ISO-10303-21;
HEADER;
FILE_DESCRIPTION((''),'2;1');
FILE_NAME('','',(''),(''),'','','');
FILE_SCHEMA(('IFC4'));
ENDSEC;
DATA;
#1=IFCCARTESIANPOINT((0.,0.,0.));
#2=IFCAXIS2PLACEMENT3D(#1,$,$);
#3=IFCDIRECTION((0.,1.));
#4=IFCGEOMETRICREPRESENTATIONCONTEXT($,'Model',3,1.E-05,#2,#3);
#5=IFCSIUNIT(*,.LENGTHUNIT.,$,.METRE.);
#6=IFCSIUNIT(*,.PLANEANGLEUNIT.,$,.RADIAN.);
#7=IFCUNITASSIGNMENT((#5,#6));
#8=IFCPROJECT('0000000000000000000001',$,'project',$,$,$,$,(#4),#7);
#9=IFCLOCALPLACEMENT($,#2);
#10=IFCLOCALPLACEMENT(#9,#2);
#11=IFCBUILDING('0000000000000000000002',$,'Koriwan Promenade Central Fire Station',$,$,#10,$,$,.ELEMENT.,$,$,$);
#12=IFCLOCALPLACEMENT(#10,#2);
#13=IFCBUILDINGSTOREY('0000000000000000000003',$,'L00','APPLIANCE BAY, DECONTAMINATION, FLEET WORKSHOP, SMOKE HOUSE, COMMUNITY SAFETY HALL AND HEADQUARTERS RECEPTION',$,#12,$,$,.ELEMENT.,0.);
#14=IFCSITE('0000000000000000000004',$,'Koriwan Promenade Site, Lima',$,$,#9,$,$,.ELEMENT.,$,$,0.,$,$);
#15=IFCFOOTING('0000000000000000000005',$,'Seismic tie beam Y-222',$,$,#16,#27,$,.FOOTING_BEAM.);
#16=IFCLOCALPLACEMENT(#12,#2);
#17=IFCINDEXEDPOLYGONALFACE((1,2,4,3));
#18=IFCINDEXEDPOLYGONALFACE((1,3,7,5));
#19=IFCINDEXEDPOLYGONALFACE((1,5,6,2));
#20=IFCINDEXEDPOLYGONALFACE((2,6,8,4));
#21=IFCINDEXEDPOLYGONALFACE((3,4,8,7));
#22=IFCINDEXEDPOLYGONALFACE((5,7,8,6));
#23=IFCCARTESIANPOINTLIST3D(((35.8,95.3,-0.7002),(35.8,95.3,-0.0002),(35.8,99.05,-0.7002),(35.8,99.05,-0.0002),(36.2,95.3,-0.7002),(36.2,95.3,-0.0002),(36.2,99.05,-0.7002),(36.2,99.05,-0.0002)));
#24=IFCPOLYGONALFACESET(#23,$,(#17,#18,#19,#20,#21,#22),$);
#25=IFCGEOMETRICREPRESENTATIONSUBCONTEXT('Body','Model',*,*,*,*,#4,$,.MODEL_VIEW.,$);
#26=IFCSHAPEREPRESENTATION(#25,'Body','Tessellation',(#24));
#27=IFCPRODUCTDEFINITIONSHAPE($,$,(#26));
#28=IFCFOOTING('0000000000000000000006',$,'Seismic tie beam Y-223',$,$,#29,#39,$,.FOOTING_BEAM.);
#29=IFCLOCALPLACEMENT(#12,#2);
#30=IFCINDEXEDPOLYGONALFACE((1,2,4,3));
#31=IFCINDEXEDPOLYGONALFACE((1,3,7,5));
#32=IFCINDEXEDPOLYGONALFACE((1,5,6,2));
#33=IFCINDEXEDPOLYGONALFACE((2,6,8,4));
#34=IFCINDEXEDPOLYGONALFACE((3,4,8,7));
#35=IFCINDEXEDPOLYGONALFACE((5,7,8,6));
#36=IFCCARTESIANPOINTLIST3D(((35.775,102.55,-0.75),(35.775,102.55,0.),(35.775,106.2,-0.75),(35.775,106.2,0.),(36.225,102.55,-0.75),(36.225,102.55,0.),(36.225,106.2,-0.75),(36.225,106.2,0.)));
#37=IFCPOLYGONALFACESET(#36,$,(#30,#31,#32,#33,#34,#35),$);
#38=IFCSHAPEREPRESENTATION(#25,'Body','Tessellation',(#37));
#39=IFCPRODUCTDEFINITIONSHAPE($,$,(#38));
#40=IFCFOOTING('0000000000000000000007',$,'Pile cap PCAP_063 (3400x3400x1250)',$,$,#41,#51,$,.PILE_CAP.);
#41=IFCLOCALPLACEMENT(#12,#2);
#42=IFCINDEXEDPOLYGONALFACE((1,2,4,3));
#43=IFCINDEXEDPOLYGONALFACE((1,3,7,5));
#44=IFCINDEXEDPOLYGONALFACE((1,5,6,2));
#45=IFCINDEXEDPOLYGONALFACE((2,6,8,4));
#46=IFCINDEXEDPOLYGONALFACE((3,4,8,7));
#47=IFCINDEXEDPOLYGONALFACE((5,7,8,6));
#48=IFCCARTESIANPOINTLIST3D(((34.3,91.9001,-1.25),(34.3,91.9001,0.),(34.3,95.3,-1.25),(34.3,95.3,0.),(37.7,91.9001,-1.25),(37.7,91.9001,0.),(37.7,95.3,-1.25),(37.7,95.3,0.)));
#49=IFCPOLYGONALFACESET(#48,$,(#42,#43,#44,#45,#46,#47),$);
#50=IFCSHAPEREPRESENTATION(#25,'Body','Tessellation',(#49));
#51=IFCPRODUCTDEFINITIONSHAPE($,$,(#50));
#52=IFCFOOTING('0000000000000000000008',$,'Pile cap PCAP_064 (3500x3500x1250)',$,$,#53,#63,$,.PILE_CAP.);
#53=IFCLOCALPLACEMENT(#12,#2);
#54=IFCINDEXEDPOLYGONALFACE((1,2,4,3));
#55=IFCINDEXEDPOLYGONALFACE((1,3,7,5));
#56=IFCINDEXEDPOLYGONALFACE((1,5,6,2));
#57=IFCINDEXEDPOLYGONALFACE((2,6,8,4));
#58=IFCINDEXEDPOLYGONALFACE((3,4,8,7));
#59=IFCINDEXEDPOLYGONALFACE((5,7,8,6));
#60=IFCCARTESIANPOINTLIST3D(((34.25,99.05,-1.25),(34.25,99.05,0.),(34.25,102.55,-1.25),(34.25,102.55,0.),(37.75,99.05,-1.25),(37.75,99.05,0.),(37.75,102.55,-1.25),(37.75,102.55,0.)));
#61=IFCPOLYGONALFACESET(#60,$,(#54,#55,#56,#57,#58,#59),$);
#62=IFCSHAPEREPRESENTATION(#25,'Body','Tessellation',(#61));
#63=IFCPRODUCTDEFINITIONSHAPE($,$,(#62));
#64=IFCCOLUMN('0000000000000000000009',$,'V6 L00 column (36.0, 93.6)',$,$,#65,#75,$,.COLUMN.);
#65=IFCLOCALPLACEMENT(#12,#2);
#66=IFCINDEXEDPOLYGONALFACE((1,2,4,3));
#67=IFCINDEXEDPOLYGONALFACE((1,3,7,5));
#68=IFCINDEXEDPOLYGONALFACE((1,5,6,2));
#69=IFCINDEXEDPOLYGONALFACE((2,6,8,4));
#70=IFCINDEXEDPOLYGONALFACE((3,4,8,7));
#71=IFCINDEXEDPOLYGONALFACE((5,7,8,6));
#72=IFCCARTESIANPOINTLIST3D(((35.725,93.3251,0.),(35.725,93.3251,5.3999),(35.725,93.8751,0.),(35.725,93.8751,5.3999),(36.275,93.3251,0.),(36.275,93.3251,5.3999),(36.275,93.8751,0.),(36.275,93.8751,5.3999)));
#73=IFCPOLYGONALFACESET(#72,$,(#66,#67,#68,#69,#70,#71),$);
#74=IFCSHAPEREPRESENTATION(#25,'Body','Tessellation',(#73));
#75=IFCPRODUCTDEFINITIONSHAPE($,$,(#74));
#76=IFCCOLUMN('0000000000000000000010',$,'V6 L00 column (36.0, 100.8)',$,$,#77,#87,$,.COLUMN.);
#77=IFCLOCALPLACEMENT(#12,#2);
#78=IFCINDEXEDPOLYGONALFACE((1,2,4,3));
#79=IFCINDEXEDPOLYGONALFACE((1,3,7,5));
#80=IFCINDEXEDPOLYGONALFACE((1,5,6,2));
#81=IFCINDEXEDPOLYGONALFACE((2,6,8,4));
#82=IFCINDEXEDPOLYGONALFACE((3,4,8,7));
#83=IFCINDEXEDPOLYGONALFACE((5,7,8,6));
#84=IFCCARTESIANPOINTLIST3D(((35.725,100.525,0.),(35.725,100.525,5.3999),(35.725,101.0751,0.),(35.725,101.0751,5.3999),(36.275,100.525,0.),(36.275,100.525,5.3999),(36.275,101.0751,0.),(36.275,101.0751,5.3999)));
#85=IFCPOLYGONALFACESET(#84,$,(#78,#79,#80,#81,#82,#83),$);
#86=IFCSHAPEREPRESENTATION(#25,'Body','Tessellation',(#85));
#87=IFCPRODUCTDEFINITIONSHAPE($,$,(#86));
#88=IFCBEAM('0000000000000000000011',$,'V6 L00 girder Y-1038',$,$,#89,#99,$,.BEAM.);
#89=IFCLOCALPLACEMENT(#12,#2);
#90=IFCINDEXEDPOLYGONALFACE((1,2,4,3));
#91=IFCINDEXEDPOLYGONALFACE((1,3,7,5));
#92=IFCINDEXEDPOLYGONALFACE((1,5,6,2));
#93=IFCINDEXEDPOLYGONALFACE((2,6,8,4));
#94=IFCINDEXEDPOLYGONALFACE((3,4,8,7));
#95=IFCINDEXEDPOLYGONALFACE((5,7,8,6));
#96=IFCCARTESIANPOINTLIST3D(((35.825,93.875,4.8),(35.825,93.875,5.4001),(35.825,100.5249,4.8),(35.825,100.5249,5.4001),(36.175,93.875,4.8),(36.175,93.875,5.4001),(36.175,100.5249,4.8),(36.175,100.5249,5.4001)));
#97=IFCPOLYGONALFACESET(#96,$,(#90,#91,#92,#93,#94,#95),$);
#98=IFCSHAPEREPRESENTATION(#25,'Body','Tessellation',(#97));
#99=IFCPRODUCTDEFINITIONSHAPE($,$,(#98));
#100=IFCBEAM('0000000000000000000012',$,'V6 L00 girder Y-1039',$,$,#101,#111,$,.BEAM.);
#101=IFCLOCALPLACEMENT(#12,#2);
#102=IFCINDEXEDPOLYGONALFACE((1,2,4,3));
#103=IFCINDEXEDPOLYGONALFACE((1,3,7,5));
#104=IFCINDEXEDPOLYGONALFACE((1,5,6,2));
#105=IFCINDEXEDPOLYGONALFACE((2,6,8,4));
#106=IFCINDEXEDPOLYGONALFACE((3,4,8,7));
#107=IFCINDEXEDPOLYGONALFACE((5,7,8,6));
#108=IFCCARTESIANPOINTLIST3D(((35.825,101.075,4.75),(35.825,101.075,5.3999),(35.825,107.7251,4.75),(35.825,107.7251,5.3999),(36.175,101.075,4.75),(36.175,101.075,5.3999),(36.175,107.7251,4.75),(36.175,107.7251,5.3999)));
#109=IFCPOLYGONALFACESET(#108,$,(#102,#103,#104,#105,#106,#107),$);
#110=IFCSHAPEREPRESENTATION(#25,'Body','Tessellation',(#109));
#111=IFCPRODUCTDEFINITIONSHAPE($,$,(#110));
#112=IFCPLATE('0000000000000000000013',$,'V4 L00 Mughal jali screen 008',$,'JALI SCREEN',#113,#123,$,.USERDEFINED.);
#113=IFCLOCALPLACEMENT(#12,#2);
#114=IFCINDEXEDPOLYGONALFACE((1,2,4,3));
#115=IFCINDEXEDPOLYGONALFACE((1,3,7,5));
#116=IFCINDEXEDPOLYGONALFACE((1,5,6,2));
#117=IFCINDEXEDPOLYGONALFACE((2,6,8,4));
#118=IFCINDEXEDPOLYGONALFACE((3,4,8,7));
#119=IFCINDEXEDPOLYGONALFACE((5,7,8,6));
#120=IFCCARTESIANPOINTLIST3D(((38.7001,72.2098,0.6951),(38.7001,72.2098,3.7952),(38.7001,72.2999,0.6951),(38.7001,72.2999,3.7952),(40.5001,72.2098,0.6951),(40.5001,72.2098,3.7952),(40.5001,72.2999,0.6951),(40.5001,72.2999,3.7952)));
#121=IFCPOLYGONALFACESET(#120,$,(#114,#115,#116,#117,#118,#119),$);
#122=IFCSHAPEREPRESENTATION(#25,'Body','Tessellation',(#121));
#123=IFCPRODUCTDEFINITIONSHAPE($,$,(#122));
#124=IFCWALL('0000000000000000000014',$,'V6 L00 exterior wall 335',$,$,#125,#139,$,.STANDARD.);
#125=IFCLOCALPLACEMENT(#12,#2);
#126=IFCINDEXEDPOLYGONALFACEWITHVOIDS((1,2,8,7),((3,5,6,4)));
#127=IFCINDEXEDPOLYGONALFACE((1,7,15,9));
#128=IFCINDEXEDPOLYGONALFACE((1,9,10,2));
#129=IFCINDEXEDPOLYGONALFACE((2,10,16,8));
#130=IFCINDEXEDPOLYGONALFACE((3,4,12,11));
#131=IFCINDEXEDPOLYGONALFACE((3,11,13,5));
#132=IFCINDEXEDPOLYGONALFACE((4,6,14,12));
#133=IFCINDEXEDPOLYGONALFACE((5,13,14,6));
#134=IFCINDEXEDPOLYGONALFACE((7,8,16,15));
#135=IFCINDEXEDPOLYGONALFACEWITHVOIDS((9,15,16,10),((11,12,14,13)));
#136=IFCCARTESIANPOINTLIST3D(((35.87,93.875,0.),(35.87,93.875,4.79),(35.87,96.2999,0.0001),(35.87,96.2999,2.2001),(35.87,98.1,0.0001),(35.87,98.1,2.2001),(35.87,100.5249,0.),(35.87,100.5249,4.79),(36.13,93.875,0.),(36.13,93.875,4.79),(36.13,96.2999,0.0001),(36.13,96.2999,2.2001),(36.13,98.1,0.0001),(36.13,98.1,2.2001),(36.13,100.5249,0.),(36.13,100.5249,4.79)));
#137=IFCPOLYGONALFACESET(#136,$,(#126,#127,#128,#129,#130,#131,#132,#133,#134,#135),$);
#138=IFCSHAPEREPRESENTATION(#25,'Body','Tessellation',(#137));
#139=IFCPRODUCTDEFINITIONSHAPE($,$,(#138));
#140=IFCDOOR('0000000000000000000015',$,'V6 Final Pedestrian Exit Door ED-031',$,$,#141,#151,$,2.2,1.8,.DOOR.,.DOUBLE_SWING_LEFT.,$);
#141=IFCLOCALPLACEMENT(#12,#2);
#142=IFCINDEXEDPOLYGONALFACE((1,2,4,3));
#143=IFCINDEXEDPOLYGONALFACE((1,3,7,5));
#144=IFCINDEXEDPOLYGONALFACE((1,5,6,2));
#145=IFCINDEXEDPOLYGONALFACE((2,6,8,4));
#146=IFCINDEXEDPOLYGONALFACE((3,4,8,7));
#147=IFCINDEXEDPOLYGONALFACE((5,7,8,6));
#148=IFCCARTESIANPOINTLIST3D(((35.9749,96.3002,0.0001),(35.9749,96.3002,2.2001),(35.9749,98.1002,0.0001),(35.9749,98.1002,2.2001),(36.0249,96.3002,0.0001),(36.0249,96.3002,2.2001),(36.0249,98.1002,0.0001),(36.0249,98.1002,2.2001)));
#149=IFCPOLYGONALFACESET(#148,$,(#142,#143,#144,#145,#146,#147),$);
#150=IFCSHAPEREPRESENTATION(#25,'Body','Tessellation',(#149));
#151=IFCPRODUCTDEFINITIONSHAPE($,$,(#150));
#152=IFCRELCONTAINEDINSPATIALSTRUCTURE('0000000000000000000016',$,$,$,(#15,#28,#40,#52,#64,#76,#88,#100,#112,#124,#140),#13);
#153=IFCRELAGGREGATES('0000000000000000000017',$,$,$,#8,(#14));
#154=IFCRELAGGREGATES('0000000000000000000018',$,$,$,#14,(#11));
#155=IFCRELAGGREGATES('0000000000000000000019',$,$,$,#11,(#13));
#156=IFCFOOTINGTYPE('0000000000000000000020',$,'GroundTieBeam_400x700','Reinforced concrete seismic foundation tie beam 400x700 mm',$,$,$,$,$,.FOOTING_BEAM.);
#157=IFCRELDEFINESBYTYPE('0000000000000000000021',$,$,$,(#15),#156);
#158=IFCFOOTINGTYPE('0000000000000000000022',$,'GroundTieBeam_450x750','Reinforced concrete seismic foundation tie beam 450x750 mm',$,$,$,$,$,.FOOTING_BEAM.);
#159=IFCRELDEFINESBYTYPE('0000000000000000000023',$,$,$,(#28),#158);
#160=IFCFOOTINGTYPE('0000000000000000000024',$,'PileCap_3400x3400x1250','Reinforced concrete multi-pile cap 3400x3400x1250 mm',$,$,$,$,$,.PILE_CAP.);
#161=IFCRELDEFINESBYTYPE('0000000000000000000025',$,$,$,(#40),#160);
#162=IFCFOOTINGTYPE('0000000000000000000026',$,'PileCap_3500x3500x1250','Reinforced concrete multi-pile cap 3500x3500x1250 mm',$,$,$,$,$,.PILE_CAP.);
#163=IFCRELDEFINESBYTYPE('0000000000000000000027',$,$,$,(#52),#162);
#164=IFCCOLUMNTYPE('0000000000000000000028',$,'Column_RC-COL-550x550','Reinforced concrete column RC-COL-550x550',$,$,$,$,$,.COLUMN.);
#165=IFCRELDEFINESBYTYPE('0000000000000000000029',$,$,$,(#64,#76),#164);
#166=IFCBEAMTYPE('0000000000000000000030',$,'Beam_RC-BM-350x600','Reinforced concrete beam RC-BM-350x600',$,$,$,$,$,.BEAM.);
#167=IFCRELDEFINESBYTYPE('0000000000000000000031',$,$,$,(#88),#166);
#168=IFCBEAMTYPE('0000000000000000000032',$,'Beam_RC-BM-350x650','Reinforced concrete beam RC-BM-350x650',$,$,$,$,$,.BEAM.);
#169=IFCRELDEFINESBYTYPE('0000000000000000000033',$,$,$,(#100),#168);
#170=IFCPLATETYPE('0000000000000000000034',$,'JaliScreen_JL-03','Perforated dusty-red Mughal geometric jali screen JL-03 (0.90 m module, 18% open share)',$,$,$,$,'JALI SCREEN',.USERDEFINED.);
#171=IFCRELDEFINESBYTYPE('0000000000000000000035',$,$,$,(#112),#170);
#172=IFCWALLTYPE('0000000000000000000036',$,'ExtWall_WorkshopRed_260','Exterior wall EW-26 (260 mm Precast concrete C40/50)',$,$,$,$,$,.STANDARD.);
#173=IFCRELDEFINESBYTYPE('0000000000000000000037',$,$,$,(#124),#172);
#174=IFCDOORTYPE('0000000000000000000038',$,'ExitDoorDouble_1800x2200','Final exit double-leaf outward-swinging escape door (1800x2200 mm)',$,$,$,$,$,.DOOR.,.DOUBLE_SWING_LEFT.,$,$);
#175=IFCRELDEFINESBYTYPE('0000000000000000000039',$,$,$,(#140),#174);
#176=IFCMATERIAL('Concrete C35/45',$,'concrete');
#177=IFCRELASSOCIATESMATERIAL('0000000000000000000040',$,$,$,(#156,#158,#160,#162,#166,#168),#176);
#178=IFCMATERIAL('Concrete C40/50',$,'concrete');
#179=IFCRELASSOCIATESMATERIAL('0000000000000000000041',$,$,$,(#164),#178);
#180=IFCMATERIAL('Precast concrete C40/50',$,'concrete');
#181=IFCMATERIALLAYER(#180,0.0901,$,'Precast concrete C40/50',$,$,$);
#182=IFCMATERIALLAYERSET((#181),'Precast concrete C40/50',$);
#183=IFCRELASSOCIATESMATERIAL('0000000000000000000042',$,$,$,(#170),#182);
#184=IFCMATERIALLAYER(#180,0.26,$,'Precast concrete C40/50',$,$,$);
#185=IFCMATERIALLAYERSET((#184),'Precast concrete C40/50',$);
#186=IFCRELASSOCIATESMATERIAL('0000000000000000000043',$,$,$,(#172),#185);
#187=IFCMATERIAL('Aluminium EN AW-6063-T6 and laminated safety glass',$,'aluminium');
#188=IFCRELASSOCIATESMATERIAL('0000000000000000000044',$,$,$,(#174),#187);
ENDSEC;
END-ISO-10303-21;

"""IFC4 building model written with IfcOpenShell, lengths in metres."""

from ifc_helpers import new_model, si_unit, direction, frame, frame_2d, origin, origin_2d, place, context, subcontext, project, spatial, rectangle, extrude, material, layer, layer_set, material_profile, profile_set, type_object, element, fill, save


model = new_model("IFC4")

# Units and contexts
model_context = context("Model", 3, precision=1e-05, world=origin(), true_north=direction((0.0, 1.0)))
body_context = subcontext(model_context, "Body", "Model", "MODEL_VIEW")
ifc_project = project(units=[si_unit("LENGTHUNIT", "METRE"), si_unit("PLANEANGLEUNIT", "RADIAN")], contexts=[model_context])

# Site, building, storey
site_placement = place(None, origin())
site = spatial("IfcSite", under=ifc_project, at=site_placement, Name="Koriwan Promenade Site, Lima", CompositionType="ELEMENT", RefElevation=0.0)
building_placement = place(site_placement, origin())
building = spatial("IfcBuilding", under=site, at=building_placement, Name="Koriwan Promenade Central Fire Station", CompositionType="ELEMENT")
storey_placement = place(building_placement, origin())
storey = spatial("IfcBuildingStorey", under=building, at=storey_placement, Name="L00", Description="APPLIANCE BAY, DECONTAMINATION, FLEET WORKSHOP, SMOKE HOUSE, COMMUNITY SAFETY HALL AND HEADQUARTERS RECEPTION", CompositionType="ELEMENT", Elevation=0.0)

# Shared definitions
ifc_material_1 = material(Name="Concrete C35/45", Category="concrete")

# Footings
footing_type_1 = type_object("IfcFootingType", Name="GroundTieBeam_400x700", Description="Reinforced concrete seismic foundation tie beam 400x700 mm", PredefinedType="FOOTING_BEAM", material=ifc_material_1)
footing_1_placement = place(storey_placement, frame((36.0, 97.175, -0.7002), z_axis=(0.0, 0.0, 1.0), x_axis=(0.0, 1.0, 0.0)))
element("IfcFooting", 1, at=footing_1_placement, inside=storey, type_object=footing_type_1, Name="Seismic tie beam Y-222", PredefinedType="FOOTING_BEAM", context=body_context, shape_type="SweptSolid", body=[
    extrude(rectangle(XDim=3.75, YDim=0.3999, at=origin_2d()), origin(), (0.0, 0.0, 1.0), 0.7),
])
footing_type_2 = type_object("IfcFootingType", Name="GroundTieBeam_450x750", Description="Reinforced concrete seismic foundation tie beam 450x750 mm", PredefinedType="FOOTING_BEAM", material=ifc_material_1)
footing_2_placement = place(storey_placement, frame((36.0, 104.375, -0.75), z_axis=(0.0, 0.0, 1.0), x_axis=(0.0, 1.0, 0.0)))
element("IfcFooting", 2, at=footing_2_placement, inside=storey, type_object=footing_type_2, Name="Seismic tie beam Y-223", PredefinedType="FOOTING_BEAM", context=body_context, shape_type="SweptSolid", body=[
    extrude(rectangle(XDim=3.6499, YDim=0.45, at=origin_2d()), origin(), (0.0, 0.0, 1.0), 0.75),
])
footing_type_3 = type_object("IfcFootingType", Name="PileCap_3400x3400x1250", Description="Reinforced concrete multi-pile cap 3400x3400x1250 mm", PredefinedType="PILE_CAP", material=ifc_material_1)
footing_3_placement = place(storey_placement, frame((36.0, 93.6001, -1.25), z_axis=(0.0, 0.0, 1.0), x_axis=(1.0, 0.0, 0.0)))
element("IfcFooting", 3, at=footing_3_placement, inside=storey, type_object=footing_type_3, Name="Pile cap PCAP_063 (3400x3400x1250)", PredefinedType="PILE_CAP", context=body_context, shape_type="SweptSolid", body=[
    extrude(rectangle(XDim=3.3999, YDim=3.3999, at=origin_2d()), origin(), (0.0, 0.0, 1.0), 1.25),
])
footing_type_4 = type_object("IfcFootingType", Name="PileCap_3500x3500x1250", Description="Reinforced concrete multi-pile cap 3500x3500x1250 mm", PredefinedType="PILE_CAP", material=ifc_material_1)
footing_4_placement = place(storey_placement, frame((36.0, 100.8, -1.25), z_axis=(0.0, 0.0, 1.0), x_axis=(1.0, 0.0, 0.0)))
element("IfcFooting", 4, at=footing_4_placement, inside=storey, type_object=footing_type_4, Name="Pile cap PCAP_064 (3500x3500x1250)", PredefinedType="PILE_CAP", context=body_context, shape_type="SweptSolid", body=[
    extrude(rectangle(XDim=3.5, YDim=3.5, at=origin_2d()), origin(), (0.0, 0.0, 1.0), 1.25),
])

# Columns
ifc_material_2 = material(Name="Concrete C40/50", Category="concrete")
ifc_material_profile_1 = material_profile(ifc_material_2, rectangle(XDim=0.55, YDim=0.55, at=origin_2d()), Name="RC-COL-550x550")
ifc_profile_set_1 = profile_set([ifc_material_profile_1], Name="Concrete C40/50")
column_type = type_object("IfcColumnType", Name="Column_RC-COL-550x550", Description="Reinforced concrete column RC-COL-550x550", PredefinedType="COLUMN", material=ifc_profile_set_1)
for number, where, z_axis, x_axis, name in (
    (5, (36.0, 93.6001, 0.0), (0.0, 0.0, 1.0), (1.0, 0.0, 0.0), "V6 L00 column (36.0, 93.6)"),
    (6, (36.0, 100.8, 0.0), (0.0, 0.0, 1.0), (1.0, 0.0, 0.0), "V6 L00 column (36.0, 100.8)"),
):
    element("IfcColumn", number, at=place(storey_placement, frame(where, z_axis=z_axis, x_axis=x_axis)), inside=storey, type_object=column_type, Name=name, PredefinedType="COLUMN", context=body_context, shape_type="SweptSolid", body=[
        extrude(rectangle(XDim=0.55, YDim=0.55, at=origin_2d()), origin(), (0.0, 0.0, 1.0), 5.3999),
    ])

# Beams
ifc_material_profile_2 = material_profile(ifc_material_1, rectangle(XDim=0.3501, YDim=0.6001, at=origin_2d()), Name="RC-BM-350x600")
ifc_profile_set_2 = profile_set([ifc_material_profile_2], Name="Concrete C35/45")
beam_type_1 = type_object("IfcBeamType", Name="Beam_RC-BM-350x600", Description="Reinforced concrete beam RC-BM-350x600", PredefinedType="BEAM", material=ifc_profile_set_2)
beam_1_placement = place(storey_placement, frame((36.0, 93.875, 5.1001), z_axis=(0.0, 1.0, 0.0), x_axis=(-1.0, 0.0, 0.0)))
element("IfcBeam", 7, at=beam_1_placement, inside=storey, type_object=beam_type_1, Name="V6 L00 girder Y-1038", PredefinedType="BEAM", context=body_context, shape_type="SweptSolid", body=[
    extrude(rectangle(XDim=0.3501, YDim=0.6001, at=origin_2d()), origin(), (0.0, 0.0, 1.0), 6.6499),
])
ifc_material_profile_3 = material_profile(ifc_material_1, rectangle(XDim=0.3501, YDim=0.6499, at=origin_2d()), Name="RC-BM-350x650")
ifc_profile_set_3 = profile_set([ifc_material_profile_3], Name="Concrete C35/45")
beam_type_2 = type_object("IfcBeamType", Name="Beam_RC-BM-350x650", Description="Reinforced concrete beam RC-BM-350x650", PredefinedType="BEAM", material=ifc_profile_set_3)
beam_2_placement = place(storey_placement, frame((36.0, 101.075, 5.075), z_axis=(0.0, 1.0, 0.0), x_axis=(-1.0, 0.0, 0.0)))
element("IfcBeam", 8, at=beam_2_placement, inside=storey, type_object=beam_type_2, Name="V6 L00 girder Y-1039", PredefinedType="BEAM", context=body_context, shape_type="SweptSolid", body=[
    extrude(rectangle(XDim=0.3501, YDim=0.6499, at=origin_2d()), origin(), (0.0, 0.0, 1.0), 6.6501),
])

# Plate
ifc_material_3 = material(Name="Precast concrete C40/50", Category="concrete")
ifc_layer_1 = layer(ifc_material_3, 0.0901, Name="Precast concrete C40/50")
ifc_layer_set_1 = layer_set([ifc_layer_1], Name="Precast concrete C40/50")
plate_type = type_object("IfcPlateType", Name="JaliScreen_JL-03", Description="Perforated dusty-red Mughal geometric jali screen JL-03 (0.90 m module, 18% open share)", ElementType="JALI SCREEN", PredefinedType="USERDEFINED", material=ifc_layer_set_1)
plate_placement = place(storey_placement, frame((39.6001, 72.2549, 0.6951), z_axis=(0.0, 0.0, 1.0), x_axis=(1.0, 0.0, 0.0)))
element("IfcPlate", 9, at=plate_placement, inside=storey, type_object=plate_type, Name="V4 L00 Mughal jali screen 008", ObjectType="JALI SCREEN", PredefinedType="USERDEFINED", context=body_context, shape_type="SweptSolid", body=[
    extrude(rectangle(XDim=1.8, YDim=0.0901, at=origin_2d()), origin(), (0.0, 0.0, 1.0), 3.1001),
])

# Wall, opening, door
ifc_layer_2 = layer(ifc_material_3, 0.26, Name="Precast concrete C40/50")
ifc_layer_set_2 = layer_set([ifc_layer_2], Name="Precast concrete C40/50")
wall_type = type_object("IfcWallType", Name="ExtWall_WorkshopRed_260", Description="Exterior wall EW-26 (260 mm Precast concrete C40/50)", PredefinedType="STANDARD", material=ifc_layer_set_2)
wall_1_placement = place(storey_placement, frame((36.0, 93.875, 0.0), z_axis=(0.0, 0.0, 1.0), x_axis=(0.0, 1.0, 0.0)))
wall_1 = element("IfcWall", 10, at=wall_1_placement, inside=storey, type_object=wall_type, Name="V6 L00 exterior wall 335", PredefinedType="STANDARD", context=body_context, shape_type="SweptSolid", body=[
    extrude(rectangle(XDim=6.6499, YDim=0.26, at=frame_2d((3.325, 0.0))), origin(), (0.0, 0.0, 1.0), 4.79),
])
opening_1_placement = place(wall_1_placement, frame((2.425, 0.0, 0.0)))
opening_1 = element("IfcOpeningElement", 11, at=opening_1_placement, cuts=wall_1, PredefinedType="OPENING", context=body_context, shape_type="SweptSolid", body=[
    extrude(rectangle(XDim=1.8, YDim=2.2, at=frame_2d((0.8999, 1.1001))), frame((0.0, 0.1421, 0.0), z_axis=(0.0, -1.0, 0.0), x_axis=(1.0, 0.0, 0.0)), (0.0, 0.0, 1.0), 0.2839),
])
ifc_material_4 = material(Name="Aluminium EN AW-6063-T6 and laminated safety glass", Category="aluminium")
door_type = type_object("IfcDoorType", Name="ExitDoorDouble_1800x2200", Description="Final exit double-leaf outward-swinging escape door (1800x2200 mm)", OperationType="DOUBLE_SWING_LEFT", PredefinedType="DOOR", material=ifc_material_4)
door_placement = place(opening_1_placement, frame((1.8, 0.0, 0.0), z_axis=(0.0, 0.0, 1.0), x_axis=(-1.0, 0.0, 0.0)))
door = element("IfcDoor", 12, at=door_placement, inside=storey, type_object=door_type, Name="V6 Final Pedestrian Exit Door ED-031", OperationType="DOUBLE_SWING_LEFT", OverallHeight=2.2, OverallWidth=1.8, PredefinedType="DOOR", context=body_context, shape_type="SweptSolid", body=[
    extrude(rectangle(XDim=1.8, YDim=2.2, at=frame_2d((0.8999, 1.1001))), frame((0.0, 0.0249, 0.0), z_axis=(0.0, -1.0, 0.0), x_axis=(1.0, 0.0, 0.0)), (0.0, 0.0, 1.0), 0.05),
])
fill(opening_1, door)

save(model, "model.ifc")
